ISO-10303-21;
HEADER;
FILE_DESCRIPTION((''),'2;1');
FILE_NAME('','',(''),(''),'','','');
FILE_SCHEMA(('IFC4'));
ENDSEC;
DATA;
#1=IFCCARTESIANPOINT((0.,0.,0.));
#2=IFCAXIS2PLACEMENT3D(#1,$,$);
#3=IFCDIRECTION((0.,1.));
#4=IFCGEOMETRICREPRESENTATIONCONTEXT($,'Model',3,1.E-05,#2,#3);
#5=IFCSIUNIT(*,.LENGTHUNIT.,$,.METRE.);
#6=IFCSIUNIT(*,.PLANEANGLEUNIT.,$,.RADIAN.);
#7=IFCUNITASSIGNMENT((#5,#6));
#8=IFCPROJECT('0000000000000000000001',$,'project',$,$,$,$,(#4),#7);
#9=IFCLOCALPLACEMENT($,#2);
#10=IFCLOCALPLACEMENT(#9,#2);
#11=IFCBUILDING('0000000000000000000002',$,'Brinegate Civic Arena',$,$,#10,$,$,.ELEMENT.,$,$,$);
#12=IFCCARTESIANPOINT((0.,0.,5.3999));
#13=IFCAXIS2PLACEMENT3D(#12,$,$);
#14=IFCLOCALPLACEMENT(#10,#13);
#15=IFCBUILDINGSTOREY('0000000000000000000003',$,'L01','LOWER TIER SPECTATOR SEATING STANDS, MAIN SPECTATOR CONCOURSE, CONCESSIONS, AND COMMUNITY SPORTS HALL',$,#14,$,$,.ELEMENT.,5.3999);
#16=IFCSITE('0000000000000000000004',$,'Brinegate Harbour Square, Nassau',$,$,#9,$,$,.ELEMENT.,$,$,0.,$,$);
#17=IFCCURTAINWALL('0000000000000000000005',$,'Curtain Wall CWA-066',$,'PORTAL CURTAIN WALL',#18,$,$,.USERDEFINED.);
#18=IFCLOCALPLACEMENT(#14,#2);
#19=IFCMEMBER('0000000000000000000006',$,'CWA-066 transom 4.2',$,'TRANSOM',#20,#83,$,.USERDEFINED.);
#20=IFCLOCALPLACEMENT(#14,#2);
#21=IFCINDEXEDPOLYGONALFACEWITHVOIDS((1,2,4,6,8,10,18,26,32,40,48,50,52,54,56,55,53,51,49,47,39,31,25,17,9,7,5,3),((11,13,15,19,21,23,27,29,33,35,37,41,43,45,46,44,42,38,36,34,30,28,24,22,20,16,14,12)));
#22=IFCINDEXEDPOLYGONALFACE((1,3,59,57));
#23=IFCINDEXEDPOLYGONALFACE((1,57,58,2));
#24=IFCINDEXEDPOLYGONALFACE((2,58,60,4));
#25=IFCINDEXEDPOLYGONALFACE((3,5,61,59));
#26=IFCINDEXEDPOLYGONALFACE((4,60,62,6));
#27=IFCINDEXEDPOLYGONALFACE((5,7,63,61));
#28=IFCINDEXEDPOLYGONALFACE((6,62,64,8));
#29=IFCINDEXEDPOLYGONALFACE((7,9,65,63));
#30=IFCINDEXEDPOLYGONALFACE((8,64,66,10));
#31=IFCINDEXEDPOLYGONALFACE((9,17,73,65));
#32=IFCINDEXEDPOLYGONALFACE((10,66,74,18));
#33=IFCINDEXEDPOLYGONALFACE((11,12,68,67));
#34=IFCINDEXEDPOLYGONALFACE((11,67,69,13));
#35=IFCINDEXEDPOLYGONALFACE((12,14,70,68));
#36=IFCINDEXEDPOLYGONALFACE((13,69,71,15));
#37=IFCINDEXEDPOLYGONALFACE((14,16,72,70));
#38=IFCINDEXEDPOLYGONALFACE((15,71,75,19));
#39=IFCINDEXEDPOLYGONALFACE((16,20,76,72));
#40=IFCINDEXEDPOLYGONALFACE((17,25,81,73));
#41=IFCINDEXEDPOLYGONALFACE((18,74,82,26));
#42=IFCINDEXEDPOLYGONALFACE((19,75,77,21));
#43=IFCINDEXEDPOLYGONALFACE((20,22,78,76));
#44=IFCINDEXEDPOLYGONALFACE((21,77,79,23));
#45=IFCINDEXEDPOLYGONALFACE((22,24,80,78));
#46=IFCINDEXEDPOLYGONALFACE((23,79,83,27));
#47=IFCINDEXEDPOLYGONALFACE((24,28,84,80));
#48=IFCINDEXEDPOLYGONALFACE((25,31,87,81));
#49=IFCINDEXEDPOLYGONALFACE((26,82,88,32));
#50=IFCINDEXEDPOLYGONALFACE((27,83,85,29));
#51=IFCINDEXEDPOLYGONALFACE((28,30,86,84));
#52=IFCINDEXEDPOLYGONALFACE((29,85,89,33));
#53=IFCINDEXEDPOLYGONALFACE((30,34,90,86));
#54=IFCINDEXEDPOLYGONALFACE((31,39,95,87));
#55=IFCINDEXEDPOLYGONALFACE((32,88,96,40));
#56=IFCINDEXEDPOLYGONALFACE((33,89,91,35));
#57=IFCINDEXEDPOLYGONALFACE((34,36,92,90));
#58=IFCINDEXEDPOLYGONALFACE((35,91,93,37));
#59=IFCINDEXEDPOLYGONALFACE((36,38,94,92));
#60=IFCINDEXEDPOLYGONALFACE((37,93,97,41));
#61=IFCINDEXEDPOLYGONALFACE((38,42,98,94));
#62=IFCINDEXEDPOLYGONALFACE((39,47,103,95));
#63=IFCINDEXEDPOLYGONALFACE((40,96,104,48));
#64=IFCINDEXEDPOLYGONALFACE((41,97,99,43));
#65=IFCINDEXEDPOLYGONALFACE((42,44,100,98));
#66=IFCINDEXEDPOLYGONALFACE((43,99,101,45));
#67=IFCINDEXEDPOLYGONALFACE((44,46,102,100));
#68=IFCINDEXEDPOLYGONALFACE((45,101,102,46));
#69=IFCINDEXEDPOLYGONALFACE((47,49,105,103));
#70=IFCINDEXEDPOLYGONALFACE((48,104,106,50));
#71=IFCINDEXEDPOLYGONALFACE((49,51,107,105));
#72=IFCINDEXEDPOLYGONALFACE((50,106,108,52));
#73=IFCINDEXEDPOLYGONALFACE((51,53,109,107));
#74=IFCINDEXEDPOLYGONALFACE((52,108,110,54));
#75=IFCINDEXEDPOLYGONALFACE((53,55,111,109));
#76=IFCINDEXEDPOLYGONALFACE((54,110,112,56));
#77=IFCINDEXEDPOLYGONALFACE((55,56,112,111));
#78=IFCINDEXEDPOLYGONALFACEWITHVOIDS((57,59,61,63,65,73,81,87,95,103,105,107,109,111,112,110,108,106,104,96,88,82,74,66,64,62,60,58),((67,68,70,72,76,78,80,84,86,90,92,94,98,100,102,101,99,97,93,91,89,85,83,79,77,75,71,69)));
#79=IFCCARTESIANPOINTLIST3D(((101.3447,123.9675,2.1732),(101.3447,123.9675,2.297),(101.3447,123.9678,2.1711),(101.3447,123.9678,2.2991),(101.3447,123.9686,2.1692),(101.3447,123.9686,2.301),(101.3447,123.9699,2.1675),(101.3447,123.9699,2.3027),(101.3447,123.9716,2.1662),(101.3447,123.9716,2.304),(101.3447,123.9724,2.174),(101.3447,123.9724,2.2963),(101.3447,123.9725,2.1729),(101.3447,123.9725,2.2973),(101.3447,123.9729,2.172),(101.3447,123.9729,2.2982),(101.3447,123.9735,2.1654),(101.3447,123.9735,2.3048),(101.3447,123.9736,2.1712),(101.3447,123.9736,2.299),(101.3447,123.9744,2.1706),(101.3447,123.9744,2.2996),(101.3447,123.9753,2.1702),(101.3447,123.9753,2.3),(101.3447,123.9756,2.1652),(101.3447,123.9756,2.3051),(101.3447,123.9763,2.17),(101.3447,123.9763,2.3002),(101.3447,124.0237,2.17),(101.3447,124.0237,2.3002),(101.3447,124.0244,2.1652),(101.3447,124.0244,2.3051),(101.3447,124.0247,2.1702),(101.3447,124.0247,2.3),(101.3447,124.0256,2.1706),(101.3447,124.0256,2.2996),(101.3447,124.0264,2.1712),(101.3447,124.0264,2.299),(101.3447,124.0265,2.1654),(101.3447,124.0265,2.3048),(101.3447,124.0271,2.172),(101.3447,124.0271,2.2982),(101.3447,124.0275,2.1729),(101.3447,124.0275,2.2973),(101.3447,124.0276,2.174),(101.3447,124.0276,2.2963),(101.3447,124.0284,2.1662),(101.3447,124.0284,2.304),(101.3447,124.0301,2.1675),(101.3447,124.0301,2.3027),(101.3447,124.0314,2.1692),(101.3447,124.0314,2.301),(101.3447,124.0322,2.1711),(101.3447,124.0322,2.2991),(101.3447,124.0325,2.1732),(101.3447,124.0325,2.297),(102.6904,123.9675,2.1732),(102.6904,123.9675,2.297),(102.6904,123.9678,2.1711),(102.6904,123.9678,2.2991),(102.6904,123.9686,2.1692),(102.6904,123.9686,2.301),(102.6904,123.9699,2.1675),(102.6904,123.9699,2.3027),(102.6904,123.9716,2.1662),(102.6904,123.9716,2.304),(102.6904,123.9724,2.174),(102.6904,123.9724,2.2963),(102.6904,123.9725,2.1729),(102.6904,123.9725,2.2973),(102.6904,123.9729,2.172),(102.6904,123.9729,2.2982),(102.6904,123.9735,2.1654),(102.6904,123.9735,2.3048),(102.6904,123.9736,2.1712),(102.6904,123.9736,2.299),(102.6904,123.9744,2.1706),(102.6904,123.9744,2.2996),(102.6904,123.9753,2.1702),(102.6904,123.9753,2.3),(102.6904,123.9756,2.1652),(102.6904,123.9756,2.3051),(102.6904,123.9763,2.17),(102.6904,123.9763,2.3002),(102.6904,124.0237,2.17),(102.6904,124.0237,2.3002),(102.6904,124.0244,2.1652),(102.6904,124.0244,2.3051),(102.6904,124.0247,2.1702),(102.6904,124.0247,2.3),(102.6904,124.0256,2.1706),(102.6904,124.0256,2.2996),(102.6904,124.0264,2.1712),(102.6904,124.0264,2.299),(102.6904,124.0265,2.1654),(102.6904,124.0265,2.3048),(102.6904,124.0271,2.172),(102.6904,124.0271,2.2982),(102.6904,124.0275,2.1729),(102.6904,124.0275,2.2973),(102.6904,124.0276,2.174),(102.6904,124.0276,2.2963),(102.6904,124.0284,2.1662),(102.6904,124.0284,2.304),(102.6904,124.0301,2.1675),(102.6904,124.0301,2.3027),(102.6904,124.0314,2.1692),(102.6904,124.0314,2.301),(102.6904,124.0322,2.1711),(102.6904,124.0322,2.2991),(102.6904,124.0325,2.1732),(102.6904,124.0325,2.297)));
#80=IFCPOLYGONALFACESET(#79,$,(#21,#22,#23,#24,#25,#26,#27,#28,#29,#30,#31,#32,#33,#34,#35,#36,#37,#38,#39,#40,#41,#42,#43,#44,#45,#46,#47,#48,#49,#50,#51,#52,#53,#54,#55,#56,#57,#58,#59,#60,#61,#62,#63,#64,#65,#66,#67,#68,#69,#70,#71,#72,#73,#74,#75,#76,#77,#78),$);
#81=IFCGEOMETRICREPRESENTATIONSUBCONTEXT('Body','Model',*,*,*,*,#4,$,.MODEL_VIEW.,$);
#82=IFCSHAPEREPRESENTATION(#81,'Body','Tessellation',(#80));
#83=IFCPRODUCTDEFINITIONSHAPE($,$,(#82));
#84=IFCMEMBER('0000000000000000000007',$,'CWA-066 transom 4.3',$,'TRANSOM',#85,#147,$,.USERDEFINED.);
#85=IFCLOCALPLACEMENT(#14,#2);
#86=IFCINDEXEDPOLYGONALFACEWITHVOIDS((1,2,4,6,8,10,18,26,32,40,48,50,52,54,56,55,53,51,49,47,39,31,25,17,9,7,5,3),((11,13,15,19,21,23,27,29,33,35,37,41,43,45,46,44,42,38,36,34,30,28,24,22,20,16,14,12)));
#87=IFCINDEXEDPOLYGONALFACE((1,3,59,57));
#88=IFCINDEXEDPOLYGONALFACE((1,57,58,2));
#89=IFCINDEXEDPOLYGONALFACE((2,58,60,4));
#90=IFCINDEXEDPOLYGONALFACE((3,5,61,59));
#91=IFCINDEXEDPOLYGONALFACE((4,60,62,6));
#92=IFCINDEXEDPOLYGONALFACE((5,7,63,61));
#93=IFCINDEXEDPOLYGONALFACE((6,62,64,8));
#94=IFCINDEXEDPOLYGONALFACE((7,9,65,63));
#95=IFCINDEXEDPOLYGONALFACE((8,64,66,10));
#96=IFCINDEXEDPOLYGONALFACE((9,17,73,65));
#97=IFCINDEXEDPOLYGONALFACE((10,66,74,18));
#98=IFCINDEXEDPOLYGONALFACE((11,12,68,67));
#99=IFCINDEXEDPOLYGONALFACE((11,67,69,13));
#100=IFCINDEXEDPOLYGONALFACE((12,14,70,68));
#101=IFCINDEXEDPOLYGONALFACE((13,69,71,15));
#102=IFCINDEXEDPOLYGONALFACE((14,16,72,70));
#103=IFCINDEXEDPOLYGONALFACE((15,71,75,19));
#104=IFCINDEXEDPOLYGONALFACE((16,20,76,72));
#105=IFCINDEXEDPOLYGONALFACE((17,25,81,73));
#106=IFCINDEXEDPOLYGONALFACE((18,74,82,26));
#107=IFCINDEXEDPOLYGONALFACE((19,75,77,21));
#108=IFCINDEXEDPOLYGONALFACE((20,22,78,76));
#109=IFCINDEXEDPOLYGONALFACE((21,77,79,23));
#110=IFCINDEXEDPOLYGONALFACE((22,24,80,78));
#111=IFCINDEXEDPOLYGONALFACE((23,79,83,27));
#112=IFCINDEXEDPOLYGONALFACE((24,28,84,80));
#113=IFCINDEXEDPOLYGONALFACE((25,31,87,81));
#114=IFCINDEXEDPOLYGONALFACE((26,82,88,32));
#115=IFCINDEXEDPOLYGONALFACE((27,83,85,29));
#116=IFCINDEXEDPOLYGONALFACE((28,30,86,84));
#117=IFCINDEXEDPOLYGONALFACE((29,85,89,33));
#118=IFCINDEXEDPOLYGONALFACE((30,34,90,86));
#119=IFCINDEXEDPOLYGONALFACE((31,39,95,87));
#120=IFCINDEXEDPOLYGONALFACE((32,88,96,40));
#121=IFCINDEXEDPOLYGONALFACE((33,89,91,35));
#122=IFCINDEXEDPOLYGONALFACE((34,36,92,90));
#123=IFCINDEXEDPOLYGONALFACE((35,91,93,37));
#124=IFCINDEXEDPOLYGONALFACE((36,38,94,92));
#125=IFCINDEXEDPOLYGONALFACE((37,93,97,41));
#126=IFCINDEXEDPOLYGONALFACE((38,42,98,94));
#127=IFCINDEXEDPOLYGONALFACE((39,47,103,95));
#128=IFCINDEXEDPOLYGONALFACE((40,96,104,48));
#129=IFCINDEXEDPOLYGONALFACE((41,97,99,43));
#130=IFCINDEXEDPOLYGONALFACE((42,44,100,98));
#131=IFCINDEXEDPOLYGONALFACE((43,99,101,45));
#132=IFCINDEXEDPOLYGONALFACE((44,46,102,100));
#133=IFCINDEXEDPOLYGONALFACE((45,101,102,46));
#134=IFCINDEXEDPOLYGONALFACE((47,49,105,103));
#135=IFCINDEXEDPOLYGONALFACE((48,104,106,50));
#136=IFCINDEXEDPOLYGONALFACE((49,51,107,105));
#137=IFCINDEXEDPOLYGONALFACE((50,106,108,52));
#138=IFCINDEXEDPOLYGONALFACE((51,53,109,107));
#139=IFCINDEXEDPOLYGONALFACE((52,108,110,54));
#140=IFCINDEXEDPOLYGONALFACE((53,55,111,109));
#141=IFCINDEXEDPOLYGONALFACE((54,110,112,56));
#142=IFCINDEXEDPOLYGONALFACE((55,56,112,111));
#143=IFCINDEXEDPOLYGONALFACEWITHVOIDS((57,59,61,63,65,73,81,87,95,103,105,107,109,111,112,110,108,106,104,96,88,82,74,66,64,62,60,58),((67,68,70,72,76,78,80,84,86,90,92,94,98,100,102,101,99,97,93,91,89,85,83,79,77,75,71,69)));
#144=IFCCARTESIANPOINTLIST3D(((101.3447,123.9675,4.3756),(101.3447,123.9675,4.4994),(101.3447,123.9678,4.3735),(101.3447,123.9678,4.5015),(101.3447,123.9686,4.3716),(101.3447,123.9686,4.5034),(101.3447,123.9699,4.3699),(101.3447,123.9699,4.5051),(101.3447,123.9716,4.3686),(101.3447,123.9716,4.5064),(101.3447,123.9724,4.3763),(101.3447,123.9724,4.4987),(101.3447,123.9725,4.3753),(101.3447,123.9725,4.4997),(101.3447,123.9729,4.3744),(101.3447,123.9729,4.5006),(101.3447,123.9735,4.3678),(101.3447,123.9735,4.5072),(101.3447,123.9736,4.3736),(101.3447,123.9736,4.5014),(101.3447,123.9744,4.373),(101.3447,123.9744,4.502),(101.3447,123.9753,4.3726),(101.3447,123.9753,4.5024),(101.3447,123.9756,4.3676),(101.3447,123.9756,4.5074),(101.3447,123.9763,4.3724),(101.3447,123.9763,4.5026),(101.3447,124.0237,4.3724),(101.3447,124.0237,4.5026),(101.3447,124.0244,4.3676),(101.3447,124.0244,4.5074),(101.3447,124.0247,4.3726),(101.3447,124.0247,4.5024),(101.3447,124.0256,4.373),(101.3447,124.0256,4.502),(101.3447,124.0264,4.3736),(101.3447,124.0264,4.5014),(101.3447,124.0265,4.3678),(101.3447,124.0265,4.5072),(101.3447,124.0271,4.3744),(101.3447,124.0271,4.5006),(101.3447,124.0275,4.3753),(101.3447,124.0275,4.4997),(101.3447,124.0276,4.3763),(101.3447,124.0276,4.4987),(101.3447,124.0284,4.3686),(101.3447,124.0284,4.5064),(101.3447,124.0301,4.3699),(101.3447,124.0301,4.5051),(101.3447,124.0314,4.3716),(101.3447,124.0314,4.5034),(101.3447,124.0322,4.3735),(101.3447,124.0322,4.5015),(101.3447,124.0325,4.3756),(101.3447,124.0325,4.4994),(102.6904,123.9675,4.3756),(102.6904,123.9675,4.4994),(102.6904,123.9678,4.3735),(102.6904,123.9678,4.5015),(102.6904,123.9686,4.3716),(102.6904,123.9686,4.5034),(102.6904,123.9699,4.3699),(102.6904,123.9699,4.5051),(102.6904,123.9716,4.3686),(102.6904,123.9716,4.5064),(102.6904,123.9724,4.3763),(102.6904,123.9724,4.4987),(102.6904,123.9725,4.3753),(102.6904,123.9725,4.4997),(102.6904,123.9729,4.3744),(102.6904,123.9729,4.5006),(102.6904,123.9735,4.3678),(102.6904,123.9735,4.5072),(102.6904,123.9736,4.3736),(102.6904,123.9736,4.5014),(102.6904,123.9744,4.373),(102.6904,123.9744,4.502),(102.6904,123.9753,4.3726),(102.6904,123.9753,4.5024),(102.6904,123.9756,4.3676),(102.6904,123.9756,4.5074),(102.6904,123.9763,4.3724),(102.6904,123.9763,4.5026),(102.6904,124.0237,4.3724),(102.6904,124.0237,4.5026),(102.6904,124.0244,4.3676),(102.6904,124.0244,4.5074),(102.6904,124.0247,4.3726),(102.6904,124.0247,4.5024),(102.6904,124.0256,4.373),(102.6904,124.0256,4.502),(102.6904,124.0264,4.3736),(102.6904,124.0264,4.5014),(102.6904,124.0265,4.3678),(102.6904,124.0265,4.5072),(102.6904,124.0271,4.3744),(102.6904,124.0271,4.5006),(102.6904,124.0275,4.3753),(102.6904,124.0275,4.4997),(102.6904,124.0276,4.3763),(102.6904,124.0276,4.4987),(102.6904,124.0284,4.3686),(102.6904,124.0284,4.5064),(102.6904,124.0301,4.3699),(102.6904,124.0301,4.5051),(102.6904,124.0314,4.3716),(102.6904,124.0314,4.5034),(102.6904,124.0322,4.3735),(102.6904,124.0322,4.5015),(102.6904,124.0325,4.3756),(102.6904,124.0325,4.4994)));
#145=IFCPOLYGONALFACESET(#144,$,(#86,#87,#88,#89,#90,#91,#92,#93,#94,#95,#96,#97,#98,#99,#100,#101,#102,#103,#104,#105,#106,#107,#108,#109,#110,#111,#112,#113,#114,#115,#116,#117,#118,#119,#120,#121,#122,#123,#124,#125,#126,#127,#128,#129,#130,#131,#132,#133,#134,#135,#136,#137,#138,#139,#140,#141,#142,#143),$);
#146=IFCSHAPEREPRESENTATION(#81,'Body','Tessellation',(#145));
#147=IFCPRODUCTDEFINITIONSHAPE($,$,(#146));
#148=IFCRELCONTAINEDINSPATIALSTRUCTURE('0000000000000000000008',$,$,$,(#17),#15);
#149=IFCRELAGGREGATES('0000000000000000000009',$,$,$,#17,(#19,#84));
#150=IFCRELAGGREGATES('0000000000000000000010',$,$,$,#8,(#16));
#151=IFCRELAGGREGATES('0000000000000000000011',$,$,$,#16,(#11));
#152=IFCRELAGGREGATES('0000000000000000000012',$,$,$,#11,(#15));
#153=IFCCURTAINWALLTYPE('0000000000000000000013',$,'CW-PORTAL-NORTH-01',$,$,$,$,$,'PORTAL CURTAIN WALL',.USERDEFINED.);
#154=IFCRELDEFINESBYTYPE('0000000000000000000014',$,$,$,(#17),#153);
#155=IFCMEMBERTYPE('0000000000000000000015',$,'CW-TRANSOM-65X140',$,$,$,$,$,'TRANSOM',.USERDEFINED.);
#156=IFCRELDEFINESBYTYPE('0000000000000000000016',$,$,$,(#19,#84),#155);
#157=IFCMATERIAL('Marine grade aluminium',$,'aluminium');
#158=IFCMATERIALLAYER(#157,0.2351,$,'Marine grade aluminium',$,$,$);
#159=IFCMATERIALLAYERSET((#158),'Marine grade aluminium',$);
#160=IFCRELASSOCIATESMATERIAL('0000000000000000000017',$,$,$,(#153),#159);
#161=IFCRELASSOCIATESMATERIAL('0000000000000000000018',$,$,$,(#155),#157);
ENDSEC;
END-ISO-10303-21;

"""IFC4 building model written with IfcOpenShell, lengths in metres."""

from ifc_helpers import new_model, si_unit, direction, frame, origin, origin_2d, place, context, subcontext, project, spatial, hollow_rectangle, extrude, material, layer, layer_set, material_profile, profile_set, type_object, element, aggregate, save


model = new_model("IFC4")

# Units and contexts
model_context = context("Model", 3, precision=1e-05, world=origin(), true_north=direction((0.0, 1.0)))
body_context = subcontext(model_context, "Body", "Model", "MODEL_VIEW")
ifc_project = project(units=[si_unit("LENGTHUNIT", "METRE"), si_unit("PLANEANGLEUNIT", "RADIAN")], contexts=[model_context])

# Site, building, storey
site_placement = place(None, origin())
site = spatial("IfcSite", under=ifc_project, at=site_placement, Name="Brinegate Harbour Square, Nassau", CompositionType="ELEMENT", RefElevation=0.0)
building_placement = place(site_placement, origin())
building = spatial("IfcBuilding", under=site, at=building_placement, Name="Brinegate Civic Arena", CompositionType="ELEMENT")
storey_placement = place(building_placement, frame((0.0, 0.0, 5.3999)))
storey = spatial("IfcBuildingStorey", under=building, at=storey_placement, Name="L01", Description="LOWER TIER SPECTATOR SEATING STANDS, MAIN SPECTATOR CONCOURSE, CONCESSIONS, AND COMMUNITY SPORTS HALL", CompositionType="ELEMENT", Elevation=5.3999)

# Curtain wall, members
ifc_material_1 = material(Name="Marine grade aluminium", Category="aluminium")
ifc_layer_1 = layer(ifc_material_1, 0.2351, Name="Marine grade aluminium")
ifc_layer_set_1 = layer_set([ifc_layer_1], Name="Marine grade aluminium")
curtain_wall_type = type_object("IfcCurtainWallType", Name="CW-PORTAL-NORTH-01", ElementType="PORTAL CURTAIN WALL", PredefinedType="USERDEFINED", material=ifc_layer_set_1)
curtain_wall_placement = place(storey_placement, origin())
curtain_wall = element("IfcCurtainWall", 1, at=curtain_wall_placement, inside=storey, type_object=curtain_wall_type, Name="Curtain Wall CWA-066", ObjectType="PORTAL CURTAIN WALL", PredefinedType="USERDEFINED")
ifc_material_profile_1 = material_profile(ifc_material_1, hollow_rectangle(XDim=0.0649, YDim=0.1399, WallThickness=0.0049, InnerFilletRadius=0.0039, OuterFilletRadius=0.0081, at=origin_2d()), Name="TRN65X140")
ifc_profile_set_1 = profile_set([ifc_material_profile_1], Name="Marine grade aluminium")
member_type_1 = type_object("IfcMemberType", Name="CW-TRANSOM-65X140", ElementType="TRANSOM", PredefinedType="USERDEFINED", material=ifc_profile_set_1)
member_1_placement = place(storey_placement, frame((101.3447, 124.0, 2.2351), z_axis=(1.0, 0.0, 0.0), x_axis=(0.0, 1.0, 0.0)))
member_1 = element("IfcMember", 2, at=member_1_placement, type_object=member_type_1, Name="CWA-066 transom 4.2", ObjectType="TRANSOM", PredefinedType="USERDEFINED", context=body_context, shape_type="SweptSolid", body=[
    extrude(hollow_rectangle(XDim=0.0649, YDim=0.1399, WallThickness=0.0049, InnerFilletRadius=0.0039, OuterFilletRadius=0.0081, at=origin_2d()), origin(), (0.0, 0.0, 1.0), 1.3457),
])
member_2_placement = place(storey_placement, frame((101.3447, 124.0, 4.4375), z_axis=(1.0, 0.0, 0.0), x_axis=(0.0, 1.0, 0.0)))
member_2 = element("IfcMember", 3, at=member_2_placement, type_object=member_type_1, Name="CWA-066 transom 4.3", ObjectType="TRANSOM", PredefinedType="USERDEFINED", context=body_context, shape_type="SweptSolid", body=[
    extrude(hollow_rectangle(XDim=0.0649, YDim=0.1399, WallThickness=0.0049, InnerFilletRadius=0.0039, OuterFilletRadius=0.0081, at=origin_2d()), origin(), (0.0, 0.0, 1.0), 1.3457),
])
aggregate(curtain_wall, [member_1, member_2])

save(model, "model.ifc")
